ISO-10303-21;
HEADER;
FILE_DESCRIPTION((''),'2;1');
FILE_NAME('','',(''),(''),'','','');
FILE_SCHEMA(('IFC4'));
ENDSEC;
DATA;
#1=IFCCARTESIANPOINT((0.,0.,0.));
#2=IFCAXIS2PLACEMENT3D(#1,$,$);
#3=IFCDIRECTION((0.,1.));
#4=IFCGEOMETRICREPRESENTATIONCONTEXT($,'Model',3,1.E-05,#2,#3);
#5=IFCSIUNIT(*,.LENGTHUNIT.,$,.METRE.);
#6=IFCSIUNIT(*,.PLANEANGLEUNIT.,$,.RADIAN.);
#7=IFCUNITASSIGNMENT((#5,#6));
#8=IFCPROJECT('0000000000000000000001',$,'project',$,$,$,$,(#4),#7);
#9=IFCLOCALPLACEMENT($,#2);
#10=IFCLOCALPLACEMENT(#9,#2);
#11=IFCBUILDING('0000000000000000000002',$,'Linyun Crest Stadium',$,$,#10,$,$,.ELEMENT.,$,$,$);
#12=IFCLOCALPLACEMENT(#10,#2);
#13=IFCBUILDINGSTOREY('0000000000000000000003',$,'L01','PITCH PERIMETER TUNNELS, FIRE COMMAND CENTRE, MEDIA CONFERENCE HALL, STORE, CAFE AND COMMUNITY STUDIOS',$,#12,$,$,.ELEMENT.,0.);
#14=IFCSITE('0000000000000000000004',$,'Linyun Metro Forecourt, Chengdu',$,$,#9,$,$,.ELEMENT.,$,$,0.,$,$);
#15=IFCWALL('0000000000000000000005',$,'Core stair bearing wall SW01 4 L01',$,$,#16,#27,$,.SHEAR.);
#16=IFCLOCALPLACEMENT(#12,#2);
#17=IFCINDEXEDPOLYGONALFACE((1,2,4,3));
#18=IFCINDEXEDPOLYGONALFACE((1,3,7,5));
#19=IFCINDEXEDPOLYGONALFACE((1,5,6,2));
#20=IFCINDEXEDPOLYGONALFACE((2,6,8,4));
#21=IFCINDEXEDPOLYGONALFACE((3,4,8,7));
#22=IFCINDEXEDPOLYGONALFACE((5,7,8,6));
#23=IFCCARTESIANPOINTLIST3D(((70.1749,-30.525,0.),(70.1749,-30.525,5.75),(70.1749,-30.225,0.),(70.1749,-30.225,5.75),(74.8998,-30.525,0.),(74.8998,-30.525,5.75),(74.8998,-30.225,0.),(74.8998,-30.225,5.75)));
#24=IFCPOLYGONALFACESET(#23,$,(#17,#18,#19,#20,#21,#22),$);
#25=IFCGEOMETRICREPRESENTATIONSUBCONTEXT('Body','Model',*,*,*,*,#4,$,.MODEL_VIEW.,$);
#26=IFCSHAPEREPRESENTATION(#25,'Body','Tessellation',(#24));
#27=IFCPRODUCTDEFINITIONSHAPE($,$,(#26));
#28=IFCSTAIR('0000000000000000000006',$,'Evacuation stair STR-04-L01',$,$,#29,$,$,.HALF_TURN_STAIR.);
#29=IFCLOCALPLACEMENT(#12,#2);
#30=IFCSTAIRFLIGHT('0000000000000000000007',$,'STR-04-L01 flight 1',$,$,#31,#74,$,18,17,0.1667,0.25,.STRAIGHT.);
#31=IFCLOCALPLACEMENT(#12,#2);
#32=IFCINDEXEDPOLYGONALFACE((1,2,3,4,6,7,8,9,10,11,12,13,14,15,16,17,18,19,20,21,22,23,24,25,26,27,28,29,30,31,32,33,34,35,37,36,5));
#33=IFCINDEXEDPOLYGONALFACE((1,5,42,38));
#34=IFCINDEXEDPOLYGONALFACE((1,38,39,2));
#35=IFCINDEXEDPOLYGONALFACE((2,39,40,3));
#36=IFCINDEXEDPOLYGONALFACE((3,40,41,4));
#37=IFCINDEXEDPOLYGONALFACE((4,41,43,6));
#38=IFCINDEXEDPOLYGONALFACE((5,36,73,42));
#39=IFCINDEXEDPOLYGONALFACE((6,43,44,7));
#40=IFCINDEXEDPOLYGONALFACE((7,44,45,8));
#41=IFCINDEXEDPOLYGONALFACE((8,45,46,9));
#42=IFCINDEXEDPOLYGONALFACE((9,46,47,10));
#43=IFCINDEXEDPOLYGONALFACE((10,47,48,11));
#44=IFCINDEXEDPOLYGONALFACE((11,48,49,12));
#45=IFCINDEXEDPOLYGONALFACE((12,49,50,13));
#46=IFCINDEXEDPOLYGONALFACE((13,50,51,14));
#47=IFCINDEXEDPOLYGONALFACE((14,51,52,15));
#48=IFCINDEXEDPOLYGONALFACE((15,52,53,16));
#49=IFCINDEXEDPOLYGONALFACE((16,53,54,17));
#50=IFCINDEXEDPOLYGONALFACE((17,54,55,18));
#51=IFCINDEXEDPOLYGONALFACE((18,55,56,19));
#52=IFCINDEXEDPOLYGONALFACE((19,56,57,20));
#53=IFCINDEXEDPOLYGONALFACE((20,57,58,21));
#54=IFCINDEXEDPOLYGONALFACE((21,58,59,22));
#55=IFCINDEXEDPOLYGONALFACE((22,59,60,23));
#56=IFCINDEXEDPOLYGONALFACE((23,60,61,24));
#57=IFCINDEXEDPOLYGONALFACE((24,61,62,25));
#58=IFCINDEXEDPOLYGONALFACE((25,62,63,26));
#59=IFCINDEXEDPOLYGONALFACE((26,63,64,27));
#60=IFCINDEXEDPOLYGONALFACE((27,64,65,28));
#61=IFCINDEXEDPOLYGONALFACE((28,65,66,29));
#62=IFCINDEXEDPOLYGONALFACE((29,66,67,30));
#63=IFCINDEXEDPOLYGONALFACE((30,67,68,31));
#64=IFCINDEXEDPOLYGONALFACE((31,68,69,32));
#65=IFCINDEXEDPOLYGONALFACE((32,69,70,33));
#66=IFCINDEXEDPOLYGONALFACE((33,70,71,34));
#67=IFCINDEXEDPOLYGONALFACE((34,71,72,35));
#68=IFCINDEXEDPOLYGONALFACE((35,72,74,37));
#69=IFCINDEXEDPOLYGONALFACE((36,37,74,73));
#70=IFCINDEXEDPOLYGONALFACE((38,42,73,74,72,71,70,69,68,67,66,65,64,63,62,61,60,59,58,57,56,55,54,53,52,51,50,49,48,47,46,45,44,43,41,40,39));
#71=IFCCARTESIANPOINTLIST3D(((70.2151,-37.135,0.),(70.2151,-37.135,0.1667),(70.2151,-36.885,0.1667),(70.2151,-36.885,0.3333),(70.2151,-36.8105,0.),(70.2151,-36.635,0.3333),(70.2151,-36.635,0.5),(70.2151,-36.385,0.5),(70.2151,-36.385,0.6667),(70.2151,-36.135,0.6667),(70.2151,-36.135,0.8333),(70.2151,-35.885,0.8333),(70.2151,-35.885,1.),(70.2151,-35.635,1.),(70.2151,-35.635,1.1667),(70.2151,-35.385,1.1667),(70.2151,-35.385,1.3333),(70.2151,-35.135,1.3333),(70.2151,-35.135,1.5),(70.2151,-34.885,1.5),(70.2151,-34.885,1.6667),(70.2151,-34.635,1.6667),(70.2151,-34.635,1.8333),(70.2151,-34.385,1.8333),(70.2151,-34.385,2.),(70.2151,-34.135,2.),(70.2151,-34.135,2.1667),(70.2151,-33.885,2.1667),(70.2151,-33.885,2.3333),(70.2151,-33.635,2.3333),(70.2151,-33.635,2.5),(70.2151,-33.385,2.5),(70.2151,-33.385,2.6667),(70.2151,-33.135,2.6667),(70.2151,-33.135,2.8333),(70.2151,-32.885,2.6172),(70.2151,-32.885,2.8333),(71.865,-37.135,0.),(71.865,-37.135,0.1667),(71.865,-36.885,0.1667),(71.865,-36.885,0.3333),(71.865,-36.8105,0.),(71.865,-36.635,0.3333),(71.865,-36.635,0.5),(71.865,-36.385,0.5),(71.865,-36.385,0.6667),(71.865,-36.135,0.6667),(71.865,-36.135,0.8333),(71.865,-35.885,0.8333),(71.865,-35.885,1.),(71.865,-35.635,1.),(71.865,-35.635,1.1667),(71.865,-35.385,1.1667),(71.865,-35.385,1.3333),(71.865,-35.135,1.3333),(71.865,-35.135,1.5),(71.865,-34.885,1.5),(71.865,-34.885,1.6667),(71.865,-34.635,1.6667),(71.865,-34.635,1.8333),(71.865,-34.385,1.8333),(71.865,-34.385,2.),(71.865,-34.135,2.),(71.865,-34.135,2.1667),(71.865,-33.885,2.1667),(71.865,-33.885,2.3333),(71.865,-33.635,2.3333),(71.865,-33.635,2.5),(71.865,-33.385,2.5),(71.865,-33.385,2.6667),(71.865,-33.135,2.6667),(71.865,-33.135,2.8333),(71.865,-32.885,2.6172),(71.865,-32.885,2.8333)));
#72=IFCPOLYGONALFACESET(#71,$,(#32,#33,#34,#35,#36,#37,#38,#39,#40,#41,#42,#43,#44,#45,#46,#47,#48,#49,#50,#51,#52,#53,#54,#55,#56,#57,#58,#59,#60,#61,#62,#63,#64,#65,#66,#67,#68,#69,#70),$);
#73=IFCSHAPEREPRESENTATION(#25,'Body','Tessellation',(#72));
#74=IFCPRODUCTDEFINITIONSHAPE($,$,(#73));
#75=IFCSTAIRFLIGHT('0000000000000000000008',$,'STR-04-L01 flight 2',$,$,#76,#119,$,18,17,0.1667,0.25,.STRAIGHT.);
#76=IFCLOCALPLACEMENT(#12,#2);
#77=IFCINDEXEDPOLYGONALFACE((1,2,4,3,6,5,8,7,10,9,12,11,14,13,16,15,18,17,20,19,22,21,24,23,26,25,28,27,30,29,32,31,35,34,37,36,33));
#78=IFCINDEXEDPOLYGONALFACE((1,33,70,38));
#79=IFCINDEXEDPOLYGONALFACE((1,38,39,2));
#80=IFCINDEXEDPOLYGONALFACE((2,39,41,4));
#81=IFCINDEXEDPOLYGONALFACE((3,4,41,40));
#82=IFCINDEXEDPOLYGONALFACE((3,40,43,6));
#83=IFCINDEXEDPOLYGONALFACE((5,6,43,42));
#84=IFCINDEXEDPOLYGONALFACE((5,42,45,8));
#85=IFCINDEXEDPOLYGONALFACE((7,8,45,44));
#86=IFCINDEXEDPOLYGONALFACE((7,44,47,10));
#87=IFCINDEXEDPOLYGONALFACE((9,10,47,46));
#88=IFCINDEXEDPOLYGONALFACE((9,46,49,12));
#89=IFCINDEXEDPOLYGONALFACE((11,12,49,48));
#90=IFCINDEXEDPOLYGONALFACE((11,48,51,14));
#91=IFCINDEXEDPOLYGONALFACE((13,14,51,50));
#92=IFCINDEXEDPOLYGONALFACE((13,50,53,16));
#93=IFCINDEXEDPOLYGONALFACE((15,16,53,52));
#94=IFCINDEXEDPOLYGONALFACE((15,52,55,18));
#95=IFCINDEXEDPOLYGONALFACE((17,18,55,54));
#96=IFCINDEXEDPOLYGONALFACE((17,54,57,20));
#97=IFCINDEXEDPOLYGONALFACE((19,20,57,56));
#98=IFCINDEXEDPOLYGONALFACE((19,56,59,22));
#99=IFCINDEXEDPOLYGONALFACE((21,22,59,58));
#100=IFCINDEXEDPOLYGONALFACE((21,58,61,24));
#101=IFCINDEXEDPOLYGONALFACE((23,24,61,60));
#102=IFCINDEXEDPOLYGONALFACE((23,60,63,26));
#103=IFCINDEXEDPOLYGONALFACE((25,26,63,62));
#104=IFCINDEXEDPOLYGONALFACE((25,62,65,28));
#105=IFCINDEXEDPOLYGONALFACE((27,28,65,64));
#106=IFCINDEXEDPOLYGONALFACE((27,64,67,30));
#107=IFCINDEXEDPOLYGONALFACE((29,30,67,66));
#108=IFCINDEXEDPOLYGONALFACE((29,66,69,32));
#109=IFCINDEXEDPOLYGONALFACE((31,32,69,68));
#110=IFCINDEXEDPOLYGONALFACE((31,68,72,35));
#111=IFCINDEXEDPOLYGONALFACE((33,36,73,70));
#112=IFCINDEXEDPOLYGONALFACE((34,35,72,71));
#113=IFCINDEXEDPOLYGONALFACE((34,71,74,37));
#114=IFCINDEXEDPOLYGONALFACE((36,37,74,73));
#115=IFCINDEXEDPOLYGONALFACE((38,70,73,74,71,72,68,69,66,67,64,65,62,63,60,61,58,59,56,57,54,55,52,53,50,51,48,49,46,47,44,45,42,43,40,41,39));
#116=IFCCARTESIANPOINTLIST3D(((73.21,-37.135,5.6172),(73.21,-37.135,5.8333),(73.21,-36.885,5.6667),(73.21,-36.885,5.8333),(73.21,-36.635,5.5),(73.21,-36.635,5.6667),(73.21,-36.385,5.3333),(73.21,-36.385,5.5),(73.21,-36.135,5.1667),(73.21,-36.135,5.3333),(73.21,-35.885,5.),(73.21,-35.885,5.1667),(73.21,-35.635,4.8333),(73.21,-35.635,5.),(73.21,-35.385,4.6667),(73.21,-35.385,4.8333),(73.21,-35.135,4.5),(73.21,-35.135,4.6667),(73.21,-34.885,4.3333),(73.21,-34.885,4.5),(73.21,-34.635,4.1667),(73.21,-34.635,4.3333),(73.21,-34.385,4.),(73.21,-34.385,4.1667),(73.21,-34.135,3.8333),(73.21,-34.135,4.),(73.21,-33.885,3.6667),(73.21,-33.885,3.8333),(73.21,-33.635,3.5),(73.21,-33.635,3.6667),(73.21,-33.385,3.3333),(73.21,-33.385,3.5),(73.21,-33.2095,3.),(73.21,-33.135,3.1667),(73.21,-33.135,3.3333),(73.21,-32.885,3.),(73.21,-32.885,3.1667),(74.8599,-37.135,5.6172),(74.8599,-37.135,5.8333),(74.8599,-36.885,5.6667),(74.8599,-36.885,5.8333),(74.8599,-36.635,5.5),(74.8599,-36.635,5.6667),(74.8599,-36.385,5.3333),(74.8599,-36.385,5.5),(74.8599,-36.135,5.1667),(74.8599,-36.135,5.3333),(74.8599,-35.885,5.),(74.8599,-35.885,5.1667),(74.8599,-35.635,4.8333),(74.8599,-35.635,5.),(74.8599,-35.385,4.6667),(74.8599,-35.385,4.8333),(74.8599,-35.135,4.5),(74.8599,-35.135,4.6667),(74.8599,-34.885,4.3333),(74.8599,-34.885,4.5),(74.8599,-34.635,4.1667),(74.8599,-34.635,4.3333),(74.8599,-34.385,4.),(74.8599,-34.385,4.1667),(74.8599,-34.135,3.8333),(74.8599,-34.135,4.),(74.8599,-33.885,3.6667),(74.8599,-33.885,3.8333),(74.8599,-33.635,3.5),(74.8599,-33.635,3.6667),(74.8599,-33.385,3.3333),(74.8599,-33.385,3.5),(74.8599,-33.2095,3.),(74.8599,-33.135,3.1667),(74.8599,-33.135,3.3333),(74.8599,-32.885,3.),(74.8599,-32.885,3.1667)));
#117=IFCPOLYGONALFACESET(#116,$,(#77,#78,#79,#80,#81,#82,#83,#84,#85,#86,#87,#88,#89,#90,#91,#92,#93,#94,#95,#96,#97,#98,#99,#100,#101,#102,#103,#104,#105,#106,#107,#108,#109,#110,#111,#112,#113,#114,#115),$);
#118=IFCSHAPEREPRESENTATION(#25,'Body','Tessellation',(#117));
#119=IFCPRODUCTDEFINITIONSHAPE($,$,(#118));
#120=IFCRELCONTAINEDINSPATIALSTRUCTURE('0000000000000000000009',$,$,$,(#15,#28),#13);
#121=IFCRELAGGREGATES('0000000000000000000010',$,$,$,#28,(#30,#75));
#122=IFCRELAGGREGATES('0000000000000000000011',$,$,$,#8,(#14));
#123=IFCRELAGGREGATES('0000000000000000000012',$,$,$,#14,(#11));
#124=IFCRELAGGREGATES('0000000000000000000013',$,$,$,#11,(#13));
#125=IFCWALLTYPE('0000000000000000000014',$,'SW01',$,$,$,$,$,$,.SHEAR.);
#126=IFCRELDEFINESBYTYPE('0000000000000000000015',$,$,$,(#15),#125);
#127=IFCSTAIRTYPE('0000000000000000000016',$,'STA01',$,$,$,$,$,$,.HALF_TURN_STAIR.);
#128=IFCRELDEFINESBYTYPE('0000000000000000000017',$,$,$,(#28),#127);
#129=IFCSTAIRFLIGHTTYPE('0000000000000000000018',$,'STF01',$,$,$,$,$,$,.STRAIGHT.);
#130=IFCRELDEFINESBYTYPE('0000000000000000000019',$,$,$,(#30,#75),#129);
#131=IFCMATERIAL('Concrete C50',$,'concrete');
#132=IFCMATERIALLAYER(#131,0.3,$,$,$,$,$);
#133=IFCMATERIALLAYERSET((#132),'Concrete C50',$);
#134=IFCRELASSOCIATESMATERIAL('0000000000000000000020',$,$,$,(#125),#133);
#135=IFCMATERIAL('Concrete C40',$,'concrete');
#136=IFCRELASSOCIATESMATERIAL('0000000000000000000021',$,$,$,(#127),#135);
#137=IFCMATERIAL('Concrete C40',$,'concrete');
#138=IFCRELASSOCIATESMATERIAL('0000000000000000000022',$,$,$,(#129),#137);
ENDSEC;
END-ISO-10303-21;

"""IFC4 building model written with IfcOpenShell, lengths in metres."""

from ifc_helpers import new_model, si_unit, direction, frame, frame_2d, origin, place, context, subcontext, project, spatial, polyline, rectangle, outline, extrude, material, layer, layer_set, type_object, element, aggregate, save


model = new_model("IFC4")

# Units and contexts
model_context = context("Model", 3, precision=1e-05, world=origin(), true_north=direction((0.0, 1.0)))
body_context = subcontext(model_context, "Body", "Model", "MODEL_VIEW")
ifc_project = project(units=[si_unit("LENGTHUNIT", "METRE"), si_unit("PLANEANGLEUNIT", "RADIAN")], contexts=[model_context])

# Site, building, storey
site_placement = place(None, origin())
site = spatial("IfcSite", under=ifc_project, at=site_placement, Name="Linyun Metro Forecourt, Chengdu", CompositionType="ELEMENT", RefElevation=0.0)
building_placement = place(site_placement, origin())
building = spatial("IfcBuilding", under=site, at=building_placement, Name="Linyun Crest Stadium", CompositionType="ELEMENT")
storey_placement = place(building_placement, origin())
storey = spatial("IfcBuildingStorey", under=building, at=storey_placement, Name="L01", Description="PITCH PERIMETER TUNNELS, FIRE COMMAND CENTRE, MEDIA CONFERENCE HALL, STORE, CAFE AND COMMUNITY STUDIOS", CompositionType="ELEMENT", Elevation=0.0)

# Shared definitions
ifc_material_1 = material(Name="Concrete C50", Category="concrete")
ifc_layer_1 = layer(ifc_material_1, 0.3)
ifc_layer_set_1 = layer_set([ifc_layer_1], Name="Concrete C50")
wall_type_1 = type_object("IfcWallType", Name="SW01", PredefinedType="SHEAR", material=ifc_layer_set_1)

# Wall
wall_1_placement = place(storey_placement, frame((70.175, -30.375, 0.0), z_axis=(0.0, 0.0, 1.0), x_axis=(1.0, 0.0, 0.0)))
element("IfcWall", 1, at=wall_1_placement, inside=storey, type_object=wall_type_1, Name="Core stair bearing wall SW01 4 L01", PredefinedType="SHEAR", context=body_context, shape_type="SweptSolid", body=[
    extrude(rectangle(XDim=4.7249, YDim=0.3, at=frame_2d((2.3623, 0.0))), origin(), (0.0, 0.0, 1.0), 5.75),
])

# Stair, stair flights
ifc_material_2 = material(Name="Concrete C40", Category="concrete")
stair_type = type_object("IfcStairType", Name="STA01", PredefinedType="HALF_TURN_STAIR", material=ifc_material_2)
stair_placement = place(storey_placement, origin())
stair = element("IfcStair", 2, at=stair_placement, inside=storey, type_object=stair_type, Name="Evacuation stair STR-04-L01", PredefinedType="HALF_TURN_STAIR")
ifc_material_3 = material(Name="Concrete C40", Category="concrete")
stair_flight_type = type_object("IfcStairFlightType", Name="STF01", PredefinedType="STRAIGHT", material=ifc_material_3)
stair_flight_1_placement = place(storey_placement, frame((71.04, -37.135, 0.0), z_axis=(0.0, 0.0, 1.0), x_axis=(0.0, 1.0, 0.0)))
stair_flight_1 = element("IfcStairFlight", 3, at=stair_flight_1_placement, type_object=stair_flight_type, Name="STR-04-L01 flight 1", NumberOfRisers=18, NumberOfTreads=17, PredefinedType="STRAIGHT", RiserHeight=0.1667, TreadLength=0.25, context=body_context, shape_type="SweptSolid", body=[
    extrude(outline(polyline([(0.0, 0.0), (0.0, 0.1667), (0.25, 0.1667), (0.25, 0.3333), (0.5, 0.3333), (0.5, 0.5), (0.75, 0.5), (0.75, 0.6667), (1.0, 0.6667), (1.0, 0.8333), (1.25, 0.8333), (1.25, 1.0), (1.5, 1.0), (1.5, 1.1667), (1.75, 1.1667), (1.75, 1.3333), (2.0, 1.3333), (2.0, 1.5), (2.25, 1.5), (2.25, 1.6667), (2.5, 1.6667), (2.5, 1.8333), (2.75, 1.8333), (2.75, 2.0), (3.0, 2.0), (3.0, 2.1667), (3.25, 2.1667), (3.25, 2.3333), (3.5, 2.3333), (3.5, 2.5), (3.75, 2.5), (3.75, 2.6667), (4.0, 2.6667), (4.0, 2.8333), (4.25, 2.8333), (4.25, 3.0), (4.25, 2.6172), (0.3245, 0.0), (0.0, 0.0)])), frame((0.0, 0.825, 0.0), z_axis=(0.0, -1.0, 0.0), x_axis=(1.0, 0.0, 0.0)), (0.0, 0.0, 1.0), 1.6499),
])
stair_flight_2_placement = place(storey_placement, frame((74.0349, -32.885, 3.0), z_axis=(0.0, 0.0, 1.0), x_axis=(0.0, -1.0, 0.0)))
stair_flight_2 = element("IfcStairFlight", 4, at=stair_flight_2_placement, type_object=stair_flight_type, Name="STR-04-L01 flight 2", NumberOfRisers=18, NumberOfTreads=17, PredefinedType="STRAIGHT", RiserHeight=0.1667, TreadLength=0.25, context=body_context, shape_type="SweptSolid", body=[
    extrude(outline(polyline([(0.0, 0.0), (0.0, 0.1667), (0.25, 0.1667), (0.25, 0.3333), (0.5, 0.3333), (0.5, 0.5), (0.75, 0.5), (0.75, 0.6667), (1.0, 0.6667), (1.0, 0.8333), (1.25, 0.8333), (1.25, 1.0), (1.5, 1.0), (1.5, 1.1667), (1.75, 1.1667), (1.75, 1.3333), (2.0, 1.3333), (2.0, 1.5), (2.25, 1.5), (2.25, 1.6667), (2.5, 1.6667), (2.5, 1.8333), (2.75, 1.8333), (2.75, 2.0), (3.0, 2.0), (3.0, 2.1667), (3.25, 2.1667), (3.25, 2.3333), (3.5, 2.3333), (3.5, 2.5), (3.75, 2.5), (3.75, 2.6667), (4.0, 2.6667), (4.0, 2.8333), (4.25, 2.8333), (4.25, 3.0), (4.25, 2.6172), (0.3245, 0.0), (0.0, 0.0)])), frame((0.0, 0.825, 0.0), z_axis=(0.0, -1.0, 0.0), x_axis=(1.0, 0.0, 0.0)), (0.0, 0.0, 1.0), 1.6499),
])
aggregate(stair, [stair_flight_1, stair_flight_2])

save(model, "model.ifc")
